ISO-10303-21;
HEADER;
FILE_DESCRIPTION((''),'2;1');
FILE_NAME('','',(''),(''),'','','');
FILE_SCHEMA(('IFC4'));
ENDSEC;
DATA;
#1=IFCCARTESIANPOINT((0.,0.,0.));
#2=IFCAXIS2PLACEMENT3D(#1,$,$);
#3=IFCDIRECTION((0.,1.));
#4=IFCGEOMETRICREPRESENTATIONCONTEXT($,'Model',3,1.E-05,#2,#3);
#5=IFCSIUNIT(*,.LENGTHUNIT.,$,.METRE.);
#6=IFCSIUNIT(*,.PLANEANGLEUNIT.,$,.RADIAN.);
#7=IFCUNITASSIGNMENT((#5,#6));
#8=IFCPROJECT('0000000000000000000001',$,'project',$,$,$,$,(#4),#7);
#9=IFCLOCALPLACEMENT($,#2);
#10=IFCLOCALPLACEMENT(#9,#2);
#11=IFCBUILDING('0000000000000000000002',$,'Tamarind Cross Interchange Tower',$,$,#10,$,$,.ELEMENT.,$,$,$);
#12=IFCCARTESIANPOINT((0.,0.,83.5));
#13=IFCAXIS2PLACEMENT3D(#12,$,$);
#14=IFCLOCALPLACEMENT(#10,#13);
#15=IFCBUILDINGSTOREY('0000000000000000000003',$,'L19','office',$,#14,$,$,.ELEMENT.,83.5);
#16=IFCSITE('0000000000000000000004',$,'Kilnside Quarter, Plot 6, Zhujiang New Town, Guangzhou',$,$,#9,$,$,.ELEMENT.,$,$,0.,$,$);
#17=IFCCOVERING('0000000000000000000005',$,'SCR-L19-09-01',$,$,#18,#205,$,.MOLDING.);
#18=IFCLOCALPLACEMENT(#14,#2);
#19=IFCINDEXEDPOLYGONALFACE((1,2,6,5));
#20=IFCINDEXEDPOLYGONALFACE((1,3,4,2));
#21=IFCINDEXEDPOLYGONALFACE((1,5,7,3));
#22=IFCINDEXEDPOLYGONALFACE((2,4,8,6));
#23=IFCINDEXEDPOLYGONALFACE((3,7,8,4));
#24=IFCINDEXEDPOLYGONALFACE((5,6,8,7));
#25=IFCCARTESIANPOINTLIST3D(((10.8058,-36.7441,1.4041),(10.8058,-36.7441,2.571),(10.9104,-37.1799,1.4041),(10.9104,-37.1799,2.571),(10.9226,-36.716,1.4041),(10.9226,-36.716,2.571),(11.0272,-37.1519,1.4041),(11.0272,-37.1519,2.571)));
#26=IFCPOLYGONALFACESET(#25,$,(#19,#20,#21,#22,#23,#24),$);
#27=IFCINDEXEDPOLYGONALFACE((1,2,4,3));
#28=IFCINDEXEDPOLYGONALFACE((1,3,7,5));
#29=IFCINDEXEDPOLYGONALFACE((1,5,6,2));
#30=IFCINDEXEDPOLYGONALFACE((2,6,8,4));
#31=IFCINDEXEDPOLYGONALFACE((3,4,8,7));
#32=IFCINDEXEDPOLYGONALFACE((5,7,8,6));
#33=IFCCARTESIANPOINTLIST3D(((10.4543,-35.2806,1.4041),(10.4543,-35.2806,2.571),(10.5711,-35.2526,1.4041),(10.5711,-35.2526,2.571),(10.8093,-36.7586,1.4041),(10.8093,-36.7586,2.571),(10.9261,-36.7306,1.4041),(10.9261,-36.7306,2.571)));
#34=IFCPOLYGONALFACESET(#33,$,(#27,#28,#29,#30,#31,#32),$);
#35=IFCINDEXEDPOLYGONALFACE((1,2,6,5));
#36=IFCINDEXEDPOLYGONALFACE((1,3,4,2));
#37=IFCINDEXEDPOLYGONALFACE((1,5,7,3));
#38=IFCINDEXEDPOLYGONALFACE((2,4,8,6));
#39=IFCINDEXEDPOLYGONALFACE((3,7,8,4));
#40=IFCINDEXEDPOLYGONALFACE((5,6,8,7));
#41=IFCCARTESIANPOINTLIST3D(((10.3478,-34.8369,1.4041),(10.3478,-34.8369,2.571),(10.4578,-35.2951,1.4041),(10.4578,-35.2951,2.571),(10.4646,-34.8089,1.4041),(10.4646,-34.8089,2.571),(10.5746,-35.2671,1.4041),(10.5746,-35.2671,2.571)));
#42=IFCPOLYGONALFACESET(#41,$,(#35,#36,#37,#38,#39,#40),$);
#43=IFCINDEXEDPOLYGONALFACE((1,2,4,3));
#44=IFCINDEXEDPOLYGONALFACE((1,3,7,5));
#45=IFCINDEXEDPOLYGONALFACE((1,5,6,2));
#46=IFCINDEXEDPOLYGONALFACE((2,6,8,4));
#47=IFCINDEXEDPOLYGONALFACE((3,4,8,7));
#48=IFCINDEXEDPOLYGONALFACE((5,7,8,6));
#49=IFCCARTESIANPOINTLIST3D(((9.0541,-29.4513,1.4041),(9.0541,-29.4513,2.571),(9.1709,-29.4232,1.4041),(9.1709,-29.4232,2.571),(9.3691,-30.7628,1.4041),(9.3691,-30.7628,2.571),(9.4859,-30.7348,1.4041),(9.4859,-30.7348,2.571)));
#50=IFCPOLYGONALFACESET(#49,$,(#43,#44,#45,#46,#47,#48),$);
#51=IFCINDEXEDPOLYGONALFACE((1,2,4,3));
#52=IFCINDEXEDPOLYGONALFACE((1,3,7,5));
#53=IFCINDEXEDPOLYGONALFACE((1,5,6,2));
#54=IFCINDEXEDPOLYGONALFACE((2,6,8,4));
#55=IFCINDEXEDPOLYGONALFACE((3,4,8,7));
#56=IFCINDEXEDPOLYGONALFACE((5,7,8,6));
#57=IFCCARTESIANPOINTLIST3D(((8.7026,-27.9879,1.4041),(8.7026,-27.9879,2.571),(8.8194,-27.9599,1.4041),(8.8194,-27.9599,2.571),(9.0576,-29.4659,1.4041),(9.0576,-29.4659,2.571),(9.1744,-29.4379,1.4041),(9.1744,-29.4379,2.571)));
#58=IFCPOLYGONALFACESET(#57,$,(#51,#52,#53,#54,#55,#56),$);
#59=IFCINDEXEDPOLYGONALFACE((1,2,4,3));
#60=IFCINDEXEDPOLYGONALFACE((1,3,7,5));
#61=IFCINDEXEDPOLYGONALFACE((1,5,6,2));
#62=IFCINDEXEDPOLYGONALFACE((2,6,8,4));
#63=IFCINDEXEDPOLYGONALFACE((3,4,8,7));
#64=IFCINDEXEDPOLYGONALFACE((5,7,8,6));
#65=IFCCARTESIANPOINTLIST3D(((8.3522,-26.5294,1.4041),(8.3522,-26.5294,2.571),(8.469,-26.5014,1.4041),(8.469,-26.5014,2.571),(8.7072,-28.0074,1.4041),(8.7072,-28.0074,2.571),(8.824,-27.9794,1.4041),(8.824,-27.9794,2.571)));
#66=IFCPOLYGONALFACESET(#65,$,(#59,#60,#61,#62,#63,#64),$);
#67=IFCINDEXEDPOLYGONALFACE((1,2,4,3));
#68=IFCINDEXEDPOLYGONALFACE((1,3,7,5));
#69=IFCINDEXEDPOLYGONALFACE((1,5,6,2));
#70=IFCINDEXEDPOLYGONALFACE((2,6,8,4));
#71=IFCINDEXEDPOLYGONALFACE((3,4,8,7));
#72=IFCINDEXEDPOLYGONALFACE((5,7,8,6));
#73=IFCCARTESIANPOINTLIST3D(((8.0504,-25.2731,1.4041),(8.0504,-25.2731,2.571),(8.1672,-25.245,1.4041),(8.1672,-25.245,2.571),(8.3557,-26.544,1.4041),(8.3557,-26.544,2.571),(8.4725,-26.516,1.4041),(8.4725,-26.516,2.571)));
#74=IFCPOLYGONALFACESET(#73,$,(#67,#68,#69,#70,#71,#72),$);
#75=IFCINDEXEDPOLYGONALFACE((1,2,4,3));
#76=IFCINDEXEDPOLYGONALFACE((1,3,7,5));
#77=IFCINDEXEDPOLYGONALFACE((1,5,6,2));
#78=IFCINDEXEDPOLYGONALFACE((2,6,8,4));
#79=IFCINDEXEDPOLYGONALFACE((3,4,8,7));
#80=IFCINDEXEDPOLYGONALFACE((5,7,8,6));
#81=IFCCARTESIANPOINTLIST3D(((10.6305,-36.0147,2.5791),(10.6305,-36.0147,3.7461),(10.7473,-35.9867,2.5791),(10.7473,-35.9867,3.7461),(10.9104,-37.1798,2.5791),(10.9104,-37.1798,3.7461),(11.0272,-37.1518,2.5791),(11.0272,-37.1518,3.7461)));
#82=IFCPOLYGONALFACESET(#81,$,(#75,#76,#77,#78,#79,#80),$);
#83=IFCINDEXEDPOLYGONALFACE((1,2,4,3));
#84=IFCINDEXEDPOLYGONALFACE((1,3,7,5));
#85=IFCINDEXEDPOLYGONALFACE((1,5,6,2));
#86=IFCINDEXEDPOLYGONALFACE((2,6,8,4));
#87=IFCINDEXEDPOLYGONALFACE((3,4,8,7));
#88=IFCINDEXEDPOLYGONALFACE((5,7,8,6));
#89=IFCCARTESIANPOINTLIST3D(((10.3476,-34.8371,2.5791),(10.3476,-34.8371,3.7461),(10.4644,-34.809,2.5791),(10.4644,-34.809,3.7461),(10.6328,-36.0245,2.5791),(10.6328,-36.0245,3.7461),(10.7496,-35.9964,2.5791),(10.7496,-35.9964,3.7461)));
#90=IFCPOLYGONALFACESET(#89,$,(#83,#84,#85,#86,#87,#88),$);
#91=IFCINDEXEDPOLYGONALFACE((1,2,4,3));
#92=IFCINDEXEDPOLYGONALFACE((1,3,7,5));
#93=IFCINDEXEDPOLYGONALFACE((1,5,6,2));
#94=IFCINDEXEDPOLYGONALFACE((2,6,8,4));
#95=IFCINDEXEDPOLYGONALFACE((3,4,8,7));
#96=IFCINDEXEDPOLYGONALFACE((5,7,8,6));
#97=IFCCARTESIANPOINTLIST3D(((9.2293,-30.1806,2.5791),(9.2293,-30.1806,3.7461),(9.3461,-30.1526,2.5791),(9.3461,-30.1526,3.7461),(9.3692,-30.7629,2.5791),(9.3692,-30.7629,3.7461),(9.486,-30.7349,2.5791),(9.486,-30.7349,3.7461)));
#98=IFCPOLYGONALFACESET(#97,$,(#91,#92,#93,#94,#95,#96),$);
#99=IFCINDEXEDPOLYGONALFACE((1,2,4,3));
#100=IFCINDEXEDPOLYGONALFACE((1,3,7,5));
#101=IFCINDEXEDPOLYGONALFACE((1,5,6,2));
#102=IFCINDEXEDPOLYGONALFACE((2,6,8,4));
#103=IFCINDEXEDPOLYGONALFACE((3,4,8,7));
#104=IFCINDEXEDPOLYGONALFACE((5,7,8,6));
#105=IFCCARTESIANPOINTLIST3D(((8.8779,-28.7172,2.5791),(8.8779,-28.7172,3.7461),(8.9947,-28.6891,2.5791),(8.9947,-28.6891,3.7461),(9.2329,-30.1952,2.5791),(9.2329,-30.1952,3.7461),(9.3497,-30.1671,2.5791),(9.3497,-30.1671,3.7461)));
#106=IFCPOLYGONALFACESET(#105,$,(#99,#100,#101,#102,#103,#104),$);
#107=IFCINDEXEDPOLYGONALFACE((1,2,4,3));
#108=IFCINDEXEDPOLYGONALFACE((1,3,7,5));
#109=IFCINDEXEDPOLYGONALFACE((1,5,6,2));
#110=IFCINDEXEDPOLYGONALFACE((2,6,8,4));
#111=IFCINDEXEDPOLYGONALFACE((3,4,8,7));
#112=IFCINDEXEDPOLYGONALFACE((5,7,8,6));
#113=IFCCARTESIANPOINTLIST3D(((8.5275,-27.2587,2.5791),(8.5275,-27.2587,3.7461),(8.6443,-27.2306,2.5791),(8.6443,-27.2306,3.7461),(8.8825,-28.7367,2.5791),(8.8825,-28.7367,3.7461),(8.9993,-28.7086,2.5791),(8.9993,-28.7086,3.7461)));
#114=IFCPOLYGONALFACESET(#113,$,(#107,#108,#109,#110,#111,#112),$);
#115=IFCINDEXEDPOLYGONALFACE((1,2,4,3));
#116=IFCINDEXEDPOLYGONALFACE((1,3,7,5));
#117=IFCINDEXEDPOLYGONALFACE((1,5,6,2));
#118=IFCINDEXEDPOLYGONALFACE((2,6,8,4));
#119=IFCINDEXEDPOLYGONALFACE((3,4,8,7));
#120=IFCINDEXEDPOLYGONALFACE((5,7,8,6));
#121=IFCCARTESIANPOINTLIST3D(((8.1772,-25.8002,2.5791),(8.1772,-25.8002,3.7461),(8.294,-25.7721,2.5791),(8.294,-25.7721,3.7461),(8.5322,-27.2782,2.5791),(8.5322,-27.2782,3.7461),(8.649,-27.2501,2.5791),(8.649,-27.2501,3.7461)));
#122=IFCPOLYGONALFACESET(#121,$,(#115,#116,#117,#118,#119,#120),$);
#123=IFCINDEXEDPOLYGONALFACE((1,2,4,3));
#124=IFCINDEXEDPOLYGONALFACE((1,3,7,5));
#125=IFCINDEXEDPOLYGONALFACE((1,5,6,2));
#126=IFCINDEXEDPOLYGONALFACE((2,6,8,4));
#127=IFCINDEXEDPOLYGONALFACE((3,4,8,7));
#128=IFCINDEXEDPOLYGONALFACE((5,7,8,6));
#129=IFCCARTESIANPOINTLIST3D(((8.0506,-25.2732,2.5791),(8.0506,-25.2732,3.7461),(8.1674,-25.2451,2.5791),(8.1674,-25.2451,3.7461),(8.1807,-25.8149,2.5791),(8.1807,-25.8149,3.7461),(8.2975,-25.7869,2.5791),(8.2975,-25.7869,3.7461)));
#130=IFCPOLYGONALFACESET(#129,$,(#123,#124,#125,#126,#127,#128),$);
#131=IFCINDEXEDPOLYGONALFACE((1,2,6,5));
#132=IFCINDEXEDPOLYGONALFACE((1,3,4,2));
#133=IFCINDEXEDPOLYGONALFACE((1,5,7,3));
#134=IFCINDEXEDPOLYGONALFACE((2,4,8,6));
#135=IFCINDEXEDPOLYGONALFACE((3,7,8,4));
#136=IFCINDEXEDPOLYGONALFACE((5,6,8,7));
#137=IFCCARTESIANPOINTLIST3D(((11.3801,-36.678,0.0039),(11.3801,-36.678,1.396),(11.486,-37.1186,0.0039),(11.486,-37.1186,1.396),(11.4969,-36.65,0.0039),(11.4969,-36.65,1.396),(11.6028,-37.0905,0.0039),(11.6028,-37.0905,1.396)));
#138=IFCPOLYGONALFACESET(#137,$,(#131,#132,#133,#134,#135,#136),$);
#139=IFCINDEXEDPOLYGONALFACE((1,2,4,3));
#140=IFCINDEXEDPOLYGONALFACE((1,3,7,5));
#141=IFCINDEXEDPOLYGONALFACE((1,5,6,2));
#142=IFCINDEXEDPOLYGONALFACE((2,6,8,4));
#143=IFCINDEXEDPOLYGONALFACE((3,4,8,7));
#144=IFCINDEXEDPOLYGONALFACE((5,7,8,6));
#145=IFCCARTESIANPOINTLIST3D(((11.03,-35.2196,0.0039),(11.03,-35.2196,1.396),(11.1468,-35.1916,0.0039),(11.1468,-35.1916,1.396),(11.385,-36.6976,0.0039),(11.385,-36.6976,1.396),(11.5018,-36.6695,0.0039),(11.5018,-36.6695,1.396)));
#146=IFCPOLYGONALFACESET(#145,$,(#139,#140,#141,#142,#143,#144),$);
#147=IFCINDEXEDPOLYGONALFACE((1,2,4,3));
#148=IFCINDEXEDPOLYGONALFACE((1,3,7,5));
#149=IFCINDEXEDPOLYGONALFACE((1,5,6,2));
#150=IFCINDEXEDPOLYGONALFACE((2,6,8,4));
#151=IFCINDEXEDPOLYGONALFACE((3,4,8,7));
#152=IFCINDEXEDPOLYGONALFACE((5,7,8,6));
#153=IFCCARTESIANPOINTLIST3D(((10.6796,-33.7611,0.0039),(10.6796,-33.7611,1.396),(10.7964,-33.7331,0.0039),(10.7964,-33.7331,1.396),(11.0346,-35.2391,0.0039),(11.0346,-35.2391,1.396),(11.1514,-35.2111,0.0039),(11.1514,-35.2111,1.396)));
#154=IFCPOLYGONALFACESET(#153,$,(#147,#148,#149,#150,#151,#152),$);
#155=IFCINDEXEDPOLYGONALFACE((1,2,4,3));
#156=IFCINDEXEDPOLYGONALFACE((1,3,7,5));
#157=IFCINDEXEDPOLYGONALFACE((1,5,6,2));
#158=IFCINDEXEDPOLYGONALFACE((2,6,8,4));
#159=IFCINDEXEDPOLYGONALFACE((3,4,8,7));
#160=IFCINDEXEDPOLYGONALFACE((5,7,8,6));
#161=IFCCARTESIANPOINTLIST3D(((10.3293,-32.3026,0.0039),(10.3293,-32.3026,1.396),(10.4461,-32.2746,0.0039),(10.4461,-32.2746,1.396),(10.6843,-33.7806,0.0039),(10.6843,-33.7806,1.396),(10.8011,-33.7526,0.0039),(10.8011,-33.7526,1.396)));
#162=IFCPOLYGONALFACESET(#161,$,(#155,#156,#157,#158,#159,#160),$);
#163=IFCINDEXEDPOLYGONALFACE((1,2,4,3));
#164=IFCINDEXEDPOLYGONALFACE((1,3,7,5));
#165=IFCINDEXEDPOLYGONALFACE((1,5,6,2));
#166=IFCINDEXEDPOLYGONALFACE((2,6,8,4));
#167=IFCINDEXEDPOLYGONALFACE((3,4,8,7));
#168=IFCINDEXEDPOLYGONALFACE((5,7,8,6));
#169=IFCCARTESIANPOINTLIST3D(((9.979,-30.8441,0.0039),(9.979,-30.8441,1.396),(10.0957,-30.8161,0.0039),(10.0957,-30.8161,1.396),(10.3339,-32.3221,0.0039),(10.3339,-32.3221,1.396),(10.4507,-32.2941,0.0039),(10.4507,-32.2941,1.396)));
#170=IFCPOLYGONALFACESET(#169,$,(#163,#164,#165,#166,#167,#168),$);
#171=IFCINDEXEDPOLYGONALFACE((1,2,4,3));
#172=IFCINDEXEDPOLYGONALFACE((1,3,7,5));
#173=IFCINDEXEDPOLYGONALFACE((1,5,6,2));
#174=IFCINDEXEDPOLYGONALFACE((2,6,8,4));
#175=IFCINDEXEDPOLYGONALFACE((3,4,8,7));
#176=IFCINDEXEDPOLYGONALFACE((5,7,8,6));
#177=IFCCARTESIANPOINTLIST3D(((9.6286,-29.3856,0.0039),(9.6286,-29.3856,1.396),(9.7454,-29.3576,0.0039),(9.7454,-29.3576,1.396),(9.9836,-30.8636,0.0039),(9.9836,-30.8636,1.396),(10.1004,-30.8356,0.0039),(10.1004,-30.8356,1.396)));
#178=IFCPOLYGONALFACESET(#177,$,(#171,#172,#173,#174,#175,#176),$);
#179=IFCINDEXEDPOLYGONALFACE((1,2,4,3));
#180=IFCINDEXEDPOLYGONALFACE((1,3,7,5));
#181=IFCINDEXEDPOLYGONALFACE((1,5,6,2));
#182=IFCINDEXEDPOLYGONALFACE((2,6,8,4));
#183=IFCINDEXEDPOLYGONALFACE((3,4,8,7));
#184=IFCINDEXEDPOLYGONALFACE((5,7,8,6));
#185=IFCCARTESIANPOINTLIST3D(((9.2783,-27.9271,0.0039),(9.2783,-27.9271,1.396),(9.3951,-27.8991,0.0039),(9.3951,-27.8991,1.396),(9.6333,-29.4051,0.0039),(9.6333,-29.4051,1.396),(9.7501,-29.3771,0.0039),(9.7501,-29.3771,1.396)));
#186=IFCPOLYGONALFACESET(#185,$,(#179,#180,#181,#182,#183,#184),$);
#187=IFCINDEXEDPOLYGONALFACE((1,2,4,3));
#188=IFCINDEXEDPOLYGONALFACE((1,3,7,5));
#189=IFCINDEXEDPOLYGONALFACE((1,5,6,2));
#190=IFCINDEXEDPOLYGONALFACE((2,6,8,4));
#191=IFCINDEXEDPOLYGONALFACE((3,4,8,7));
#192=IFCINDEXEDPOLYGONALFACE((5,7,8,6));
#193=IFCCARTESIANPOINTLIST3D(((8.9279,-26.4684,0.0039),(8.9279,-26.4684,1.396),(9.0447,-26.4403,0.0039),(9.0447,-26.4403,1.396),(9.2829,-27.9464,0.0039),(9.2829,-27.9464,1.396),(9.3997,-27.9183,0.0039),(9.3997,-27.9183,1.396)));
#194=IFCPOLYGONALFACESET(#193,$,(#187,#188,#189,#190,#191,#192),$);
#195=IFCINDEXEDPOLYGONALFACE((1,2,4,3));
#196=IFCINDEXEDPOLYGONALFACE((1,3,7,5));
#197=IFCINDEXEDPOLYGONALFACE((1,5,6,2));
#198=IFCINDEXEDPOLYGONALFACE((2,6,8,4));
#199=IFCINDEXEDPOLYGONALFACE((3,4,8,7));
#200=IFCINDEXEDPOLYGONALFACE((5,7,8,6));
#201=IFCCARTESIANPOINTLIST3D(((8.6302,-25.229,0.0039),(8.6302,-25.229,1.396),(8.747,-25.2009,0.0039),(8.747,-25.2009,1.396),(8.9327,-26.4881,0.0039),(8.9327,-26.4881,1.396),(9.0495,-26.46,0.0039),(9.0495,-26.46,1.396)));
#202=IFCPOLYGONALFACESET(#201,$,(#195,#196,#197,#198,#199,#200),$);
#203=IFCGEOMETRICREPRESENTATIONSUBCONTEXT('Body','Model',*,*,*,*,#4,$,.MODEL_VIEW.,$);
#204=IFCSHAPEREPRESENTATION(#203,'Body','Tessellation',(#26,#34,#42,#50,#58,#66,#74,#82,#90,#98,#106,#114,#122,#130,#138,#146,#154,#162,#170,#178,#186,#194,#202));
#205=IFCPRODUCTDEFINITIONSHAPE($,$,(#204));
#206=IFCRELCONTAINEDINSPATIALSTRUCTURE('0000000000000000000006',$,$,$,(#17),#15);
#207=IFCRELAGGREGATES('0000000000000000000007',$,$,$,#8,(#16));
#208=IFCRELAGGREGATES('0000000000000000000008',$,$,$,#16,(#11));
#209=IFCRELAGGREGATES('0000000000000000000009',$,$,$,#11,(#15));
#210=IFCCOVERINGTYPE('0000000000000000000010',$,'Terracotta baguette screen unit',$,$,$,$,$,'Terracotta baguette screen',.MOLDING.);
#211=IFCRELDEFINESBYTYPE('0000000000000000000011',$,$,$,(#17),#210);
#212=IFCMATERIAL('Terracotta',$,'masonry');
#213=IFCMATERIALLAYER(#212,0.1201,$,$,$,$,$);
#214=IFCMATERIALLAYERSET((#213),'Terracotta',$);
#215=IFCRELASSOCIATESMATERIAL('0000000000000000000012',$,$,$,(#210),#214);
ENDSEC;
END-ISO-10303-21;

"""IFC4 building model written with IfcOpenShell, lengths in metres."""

from ifc_helpers import new_model, si_unit, direction, frame, origin, origin_2d, place, context, subcontext, project, spatial, rectangle, extrude, material, layer, layer_set, type_object, element, save


model = new_model("IFC4")

# Units and contexts
model_context = context("Model", 3, precision=1e-05, world=origin(), true_north=direction((0.0, 1.0)))
body_context = subcontext(model_context, "Body", "Model", "MODEL_VIEW")
ifc_project = project(units=[si_unit("LENGTHUNIT", "METRE"), si_unit("PLANEANGLEUNIT", "RADIAN")], contexts=[model_context])

# Site, building, storey
site_placement = place(None, origin())
site = spatial("IfcSite", under=ifc_project, at=site_placement, Name="Kilnside Quarter, Plot 6, Zhujiang New Town, Guangzhou", CompositionType="ELEMENT", RefElevation=0.0)
building_placement = place(site_placement, origin())
building = spatial("IfcBuilding", under=site, at=building_placement, Name="Tamarind Cross Interchange Tower", CompositionType="ELEMENT")
storey_placement = place(building_placement, frame((0.0, 0.0, 83.5)))
storey = spatial("IfcBuildingStorey", under=building, at=storey_placement, Name="L19", Description="office", CompositionType="ELEMENT", Elevation=83.5)

# Covering
ifc_material_1 = material(Name="Terracotta", Category="masonry")
ifc_layer_1 = layer(ifc_material_1, 0.1201)
ifc_layer_set_1 = layer_set([ifc_layer_1], Name="Terracotta")
covering_type = type_object("IfcCoveringType", Name="Terracotta baguette screen unit", ElementType="Terracotta baguette screen", PredefinedType="MOLDING", material=ifc_layer_set_1)
covering_1_placement = place(storey_placement, origin())
element("IfcCovering", 1, at=covering_1_placement, inside=storey, type_object=covering_type, Name="SCR-L19-09-01", PredefinedType="MOLDING", context=body_context, shape_type="SweptSolid", body=[
    extrude(rectangle(XDim=0.4482, YDim=0.1201, at=origin_2d()), frame((10.9165, -36.948, 1.4041), z_axis=(0.0, 0.0, 1.0), x_axis=(-0.233544, 0.972346, 0.0)), (0.0, 0.0, 1.0), 1.167),
    extrude(rectangle(XDim=1.52, YDim=0.1201, at=origin_2d()), frame((10.6902, -36.0056, 1.4041), z_axis=(0.0, 0.0, 1.0), x_axis=(-0.233544, 0.972346, 0.0)), (0.0, 0.0, 1.0), 1.167),
    extrude(rectangle(XDim=0.4712, YDim=0.1201, at=origin_2d()), frame((10.4612, -35.052, 1.4041), z_axis=(0.0, 0.0, 1.0), x_axis=(-0.233544, 0.972346, 0.0)), (0.0, 0.0, 1.0), 1.167),
    extrude(rectangle(XDim=1.3489, YDim=0.1201, at=origin_2d()), frame((9.27, -30.093, 1.4041), z_axis=(0.0, 0.0, 1.0), x_axis=(-0.233544, 0.972346, 0.0)), (0.0, 0.0, 1.0), 1.167),
    extrude(rectangle(XDim=1.52, YDim=0.1201, at=origin_2d()), frame((8.9385, -28.7129, 1.4041), z_axis=(0.0, 0.0, 1.0), x_axis=(-0.233544, 0.972346, 0.0)), (0.0, 0.0, 1.0), 1.167),
    extrude(rectangle(XDim=1.52, YDim=0.1201, at=origin_2d()), frame((8.5881, -27.2544, 1.4041), z_axis=(0.0, 0.0, 1.0), x_axis=(-0.233544, 0.972346, 0.0)), (0.0, 0.0, 1.0), 1.167),
    extrude(rectangle(XDim=1.3071, YDim=0.1201, at=origin_2d()), frame((8.2615, -25.8945, 1.4041), z_axis=(0.0, 0.0, 1.0), x_axis=(-0.233544, 0.972346, 0.0)), (0.0, 0.0, 1.0), 1.167),
    extrude(rectangle(XDim=1.1982, YDim=0.1201, at=origin_2d()), frame((10.8289, -36.5833, 2.5791), z_axis=(0.0, 0.0, 1.0), x_axis=(-0.233544, 0.972346, 0.0)), (0.0, 0.0, 1.0), 1.167),
    extrude(rectangle(XDim=1.2212, YDim=0.1201, at=origin_2d()), frame((10.5486, -35.4167, 2.5791), z_axis=(0.0, 0.0, 1.0), x_axis=(-0.233544, 0.972346, 0.0)), (0.0, 0.0, 1.0), 1.167),
    extrude(rectangle(XDim=0.5989, YDim=0.1201, at=origin_2d()), frame((9.3577, -30.4578, 2.5791), z_axis=(0.0, 0.0, 1.0), x_axis=(-0.233544, 0.972346, 0.0)), (0.0, 0.0, 1.0), 1.167),
    extrude(rectangle(XDim=1.52, YDim=0.1201, at=origin_2d()), frame((9.1138, -29.4421, 2.5791), z_axis=(0.0, 0.0, 1.0), x_axis=(-0.233544, 0.972346, 0.0)), (0.0, 0.0, 1.0), 1.167),
    extrude(rectangle(XDim=1.52, YDim=0.1201, at=origin_2d()), frame((8.7634, -27.9836, 2.5791), z_axis=(0.0, 0.0, 1.0), x_axis=(-0.233544, 0.972346, 0.0)), (0.0, 0.0, 1.0), 1.167),
    extrude(rectangle(XDim=1.52, YDim=0.1201, at=origin_2d()), frame((8.4131, -26.5251, 2.5791), z_axis=(0.0, 0.0, 1.0), x_axis=(-0.233544, 0.972346, 0.0)), (0.0, 0.0, 1.0), 1.167),
    extrude(rectangle(XDim=0.5571, YDim=0.1201, at=origin_2d()), frame((8.1741, -25.53, 2.5791), z_axis=(0.0, 0.0, 1.0), x_axis=(-0.233544, 0.972346, 0.0)), (0.0, 0.0, 1.0), 1.167),
    extrude(rectangle(XDim=0.4531, YDim=0.1201, at=origin_2d()), frame((11.4915, -36.8843, 0.0039), z_axis=(0.0, 0.0, 1.0), x_axis=(-0.233544, 0.972346, 0.0)), (0.0, 0.0, 1.0), 1.3921),
    extrude(rectangle(XDim=1.52, YDim=0.1201, at=origin_2d()), frame((11.2659, -35.9446, 0.0039), z_axis=(0.0, 0.0, 1.0), x_axis=(-0.233544, 0.972346, 0.0)), (0.0, 0.0, 1.0), 1.3921),
    extrude(rectangle(XDim=1.52, YDim=0.1201, at=origin_2d()), frame((10.9155, -34.4861, 0.0039), z_axis=(0.0, 0.0, 1.0), x_axis=(-0.233544, 0.972346, 0.0)), (0.0, 0.0, 1.0), 1.3921),
    extrude(rectangle(XDim=1.52, YDim=0.1201, at=origin_2d()), frame((10.5652, -33.0276, 0.0039), z_axis=(0.0, 0.0, 1.0), x_axis=(-0.233544, 0.972346, 0.0)), (0.0, 0.0, 1.0), 1.3921),
    extrude(rectangle(XDim=1.52, YDim=0.1201, at=origin_2d()), frame((10.2148, -31.5691, 0.0039), z_axis=(0.0, 0.0, 1.0), x_axis=(-0.233544, 0.972346, 0.0)), (0.0, 0.0, 1.0), 1.3921),
    extrude(rectangle(XDim=1.52, YDim=0.1201, at=origin_2d()), frame((9.8645, -30.1106, 0.0039), z_axis=(0.0, 0.0, 1.0), x_axis=(-0.233544, 0.972346, 0.0)), (0.0, 0.0, 1.0), 1.3921),
    extrude(rectangle(XDim=1.52, YDim=0.1201, at=origin_2d()), frame((9.5142, -28.6521, 0.0039), z_axis=(0.0, 0.0, 1.0), x_axis=(-0.233544, 0.972346, 0.0)), (0.0, 0.0, 1.0), 1.3921),
    extrude(rectangle(XDim=1.52, YDim=0.1201, at=origin_2d()), frame((9.1638, -27.1934, 0.0039), z_axis=(0.0, 0.0, 1.0), x_axis=(-0.233544, 0.972346, 0.0)), (0.0, 0.0, 1.0), 1.3921),
    extrude(rectangle(XDim=1.2949, YDim=0.1201, at=origin_2d()), frame((8.8398, -25.8445, 0.0039), z_axis=(0.0, 0.0, 1.0), x_axis=(-0.233544, 0.972346, 0.0)), (0.0, 0.0, 1.0), 1.3921),
])

save(model, "model.ifc")
